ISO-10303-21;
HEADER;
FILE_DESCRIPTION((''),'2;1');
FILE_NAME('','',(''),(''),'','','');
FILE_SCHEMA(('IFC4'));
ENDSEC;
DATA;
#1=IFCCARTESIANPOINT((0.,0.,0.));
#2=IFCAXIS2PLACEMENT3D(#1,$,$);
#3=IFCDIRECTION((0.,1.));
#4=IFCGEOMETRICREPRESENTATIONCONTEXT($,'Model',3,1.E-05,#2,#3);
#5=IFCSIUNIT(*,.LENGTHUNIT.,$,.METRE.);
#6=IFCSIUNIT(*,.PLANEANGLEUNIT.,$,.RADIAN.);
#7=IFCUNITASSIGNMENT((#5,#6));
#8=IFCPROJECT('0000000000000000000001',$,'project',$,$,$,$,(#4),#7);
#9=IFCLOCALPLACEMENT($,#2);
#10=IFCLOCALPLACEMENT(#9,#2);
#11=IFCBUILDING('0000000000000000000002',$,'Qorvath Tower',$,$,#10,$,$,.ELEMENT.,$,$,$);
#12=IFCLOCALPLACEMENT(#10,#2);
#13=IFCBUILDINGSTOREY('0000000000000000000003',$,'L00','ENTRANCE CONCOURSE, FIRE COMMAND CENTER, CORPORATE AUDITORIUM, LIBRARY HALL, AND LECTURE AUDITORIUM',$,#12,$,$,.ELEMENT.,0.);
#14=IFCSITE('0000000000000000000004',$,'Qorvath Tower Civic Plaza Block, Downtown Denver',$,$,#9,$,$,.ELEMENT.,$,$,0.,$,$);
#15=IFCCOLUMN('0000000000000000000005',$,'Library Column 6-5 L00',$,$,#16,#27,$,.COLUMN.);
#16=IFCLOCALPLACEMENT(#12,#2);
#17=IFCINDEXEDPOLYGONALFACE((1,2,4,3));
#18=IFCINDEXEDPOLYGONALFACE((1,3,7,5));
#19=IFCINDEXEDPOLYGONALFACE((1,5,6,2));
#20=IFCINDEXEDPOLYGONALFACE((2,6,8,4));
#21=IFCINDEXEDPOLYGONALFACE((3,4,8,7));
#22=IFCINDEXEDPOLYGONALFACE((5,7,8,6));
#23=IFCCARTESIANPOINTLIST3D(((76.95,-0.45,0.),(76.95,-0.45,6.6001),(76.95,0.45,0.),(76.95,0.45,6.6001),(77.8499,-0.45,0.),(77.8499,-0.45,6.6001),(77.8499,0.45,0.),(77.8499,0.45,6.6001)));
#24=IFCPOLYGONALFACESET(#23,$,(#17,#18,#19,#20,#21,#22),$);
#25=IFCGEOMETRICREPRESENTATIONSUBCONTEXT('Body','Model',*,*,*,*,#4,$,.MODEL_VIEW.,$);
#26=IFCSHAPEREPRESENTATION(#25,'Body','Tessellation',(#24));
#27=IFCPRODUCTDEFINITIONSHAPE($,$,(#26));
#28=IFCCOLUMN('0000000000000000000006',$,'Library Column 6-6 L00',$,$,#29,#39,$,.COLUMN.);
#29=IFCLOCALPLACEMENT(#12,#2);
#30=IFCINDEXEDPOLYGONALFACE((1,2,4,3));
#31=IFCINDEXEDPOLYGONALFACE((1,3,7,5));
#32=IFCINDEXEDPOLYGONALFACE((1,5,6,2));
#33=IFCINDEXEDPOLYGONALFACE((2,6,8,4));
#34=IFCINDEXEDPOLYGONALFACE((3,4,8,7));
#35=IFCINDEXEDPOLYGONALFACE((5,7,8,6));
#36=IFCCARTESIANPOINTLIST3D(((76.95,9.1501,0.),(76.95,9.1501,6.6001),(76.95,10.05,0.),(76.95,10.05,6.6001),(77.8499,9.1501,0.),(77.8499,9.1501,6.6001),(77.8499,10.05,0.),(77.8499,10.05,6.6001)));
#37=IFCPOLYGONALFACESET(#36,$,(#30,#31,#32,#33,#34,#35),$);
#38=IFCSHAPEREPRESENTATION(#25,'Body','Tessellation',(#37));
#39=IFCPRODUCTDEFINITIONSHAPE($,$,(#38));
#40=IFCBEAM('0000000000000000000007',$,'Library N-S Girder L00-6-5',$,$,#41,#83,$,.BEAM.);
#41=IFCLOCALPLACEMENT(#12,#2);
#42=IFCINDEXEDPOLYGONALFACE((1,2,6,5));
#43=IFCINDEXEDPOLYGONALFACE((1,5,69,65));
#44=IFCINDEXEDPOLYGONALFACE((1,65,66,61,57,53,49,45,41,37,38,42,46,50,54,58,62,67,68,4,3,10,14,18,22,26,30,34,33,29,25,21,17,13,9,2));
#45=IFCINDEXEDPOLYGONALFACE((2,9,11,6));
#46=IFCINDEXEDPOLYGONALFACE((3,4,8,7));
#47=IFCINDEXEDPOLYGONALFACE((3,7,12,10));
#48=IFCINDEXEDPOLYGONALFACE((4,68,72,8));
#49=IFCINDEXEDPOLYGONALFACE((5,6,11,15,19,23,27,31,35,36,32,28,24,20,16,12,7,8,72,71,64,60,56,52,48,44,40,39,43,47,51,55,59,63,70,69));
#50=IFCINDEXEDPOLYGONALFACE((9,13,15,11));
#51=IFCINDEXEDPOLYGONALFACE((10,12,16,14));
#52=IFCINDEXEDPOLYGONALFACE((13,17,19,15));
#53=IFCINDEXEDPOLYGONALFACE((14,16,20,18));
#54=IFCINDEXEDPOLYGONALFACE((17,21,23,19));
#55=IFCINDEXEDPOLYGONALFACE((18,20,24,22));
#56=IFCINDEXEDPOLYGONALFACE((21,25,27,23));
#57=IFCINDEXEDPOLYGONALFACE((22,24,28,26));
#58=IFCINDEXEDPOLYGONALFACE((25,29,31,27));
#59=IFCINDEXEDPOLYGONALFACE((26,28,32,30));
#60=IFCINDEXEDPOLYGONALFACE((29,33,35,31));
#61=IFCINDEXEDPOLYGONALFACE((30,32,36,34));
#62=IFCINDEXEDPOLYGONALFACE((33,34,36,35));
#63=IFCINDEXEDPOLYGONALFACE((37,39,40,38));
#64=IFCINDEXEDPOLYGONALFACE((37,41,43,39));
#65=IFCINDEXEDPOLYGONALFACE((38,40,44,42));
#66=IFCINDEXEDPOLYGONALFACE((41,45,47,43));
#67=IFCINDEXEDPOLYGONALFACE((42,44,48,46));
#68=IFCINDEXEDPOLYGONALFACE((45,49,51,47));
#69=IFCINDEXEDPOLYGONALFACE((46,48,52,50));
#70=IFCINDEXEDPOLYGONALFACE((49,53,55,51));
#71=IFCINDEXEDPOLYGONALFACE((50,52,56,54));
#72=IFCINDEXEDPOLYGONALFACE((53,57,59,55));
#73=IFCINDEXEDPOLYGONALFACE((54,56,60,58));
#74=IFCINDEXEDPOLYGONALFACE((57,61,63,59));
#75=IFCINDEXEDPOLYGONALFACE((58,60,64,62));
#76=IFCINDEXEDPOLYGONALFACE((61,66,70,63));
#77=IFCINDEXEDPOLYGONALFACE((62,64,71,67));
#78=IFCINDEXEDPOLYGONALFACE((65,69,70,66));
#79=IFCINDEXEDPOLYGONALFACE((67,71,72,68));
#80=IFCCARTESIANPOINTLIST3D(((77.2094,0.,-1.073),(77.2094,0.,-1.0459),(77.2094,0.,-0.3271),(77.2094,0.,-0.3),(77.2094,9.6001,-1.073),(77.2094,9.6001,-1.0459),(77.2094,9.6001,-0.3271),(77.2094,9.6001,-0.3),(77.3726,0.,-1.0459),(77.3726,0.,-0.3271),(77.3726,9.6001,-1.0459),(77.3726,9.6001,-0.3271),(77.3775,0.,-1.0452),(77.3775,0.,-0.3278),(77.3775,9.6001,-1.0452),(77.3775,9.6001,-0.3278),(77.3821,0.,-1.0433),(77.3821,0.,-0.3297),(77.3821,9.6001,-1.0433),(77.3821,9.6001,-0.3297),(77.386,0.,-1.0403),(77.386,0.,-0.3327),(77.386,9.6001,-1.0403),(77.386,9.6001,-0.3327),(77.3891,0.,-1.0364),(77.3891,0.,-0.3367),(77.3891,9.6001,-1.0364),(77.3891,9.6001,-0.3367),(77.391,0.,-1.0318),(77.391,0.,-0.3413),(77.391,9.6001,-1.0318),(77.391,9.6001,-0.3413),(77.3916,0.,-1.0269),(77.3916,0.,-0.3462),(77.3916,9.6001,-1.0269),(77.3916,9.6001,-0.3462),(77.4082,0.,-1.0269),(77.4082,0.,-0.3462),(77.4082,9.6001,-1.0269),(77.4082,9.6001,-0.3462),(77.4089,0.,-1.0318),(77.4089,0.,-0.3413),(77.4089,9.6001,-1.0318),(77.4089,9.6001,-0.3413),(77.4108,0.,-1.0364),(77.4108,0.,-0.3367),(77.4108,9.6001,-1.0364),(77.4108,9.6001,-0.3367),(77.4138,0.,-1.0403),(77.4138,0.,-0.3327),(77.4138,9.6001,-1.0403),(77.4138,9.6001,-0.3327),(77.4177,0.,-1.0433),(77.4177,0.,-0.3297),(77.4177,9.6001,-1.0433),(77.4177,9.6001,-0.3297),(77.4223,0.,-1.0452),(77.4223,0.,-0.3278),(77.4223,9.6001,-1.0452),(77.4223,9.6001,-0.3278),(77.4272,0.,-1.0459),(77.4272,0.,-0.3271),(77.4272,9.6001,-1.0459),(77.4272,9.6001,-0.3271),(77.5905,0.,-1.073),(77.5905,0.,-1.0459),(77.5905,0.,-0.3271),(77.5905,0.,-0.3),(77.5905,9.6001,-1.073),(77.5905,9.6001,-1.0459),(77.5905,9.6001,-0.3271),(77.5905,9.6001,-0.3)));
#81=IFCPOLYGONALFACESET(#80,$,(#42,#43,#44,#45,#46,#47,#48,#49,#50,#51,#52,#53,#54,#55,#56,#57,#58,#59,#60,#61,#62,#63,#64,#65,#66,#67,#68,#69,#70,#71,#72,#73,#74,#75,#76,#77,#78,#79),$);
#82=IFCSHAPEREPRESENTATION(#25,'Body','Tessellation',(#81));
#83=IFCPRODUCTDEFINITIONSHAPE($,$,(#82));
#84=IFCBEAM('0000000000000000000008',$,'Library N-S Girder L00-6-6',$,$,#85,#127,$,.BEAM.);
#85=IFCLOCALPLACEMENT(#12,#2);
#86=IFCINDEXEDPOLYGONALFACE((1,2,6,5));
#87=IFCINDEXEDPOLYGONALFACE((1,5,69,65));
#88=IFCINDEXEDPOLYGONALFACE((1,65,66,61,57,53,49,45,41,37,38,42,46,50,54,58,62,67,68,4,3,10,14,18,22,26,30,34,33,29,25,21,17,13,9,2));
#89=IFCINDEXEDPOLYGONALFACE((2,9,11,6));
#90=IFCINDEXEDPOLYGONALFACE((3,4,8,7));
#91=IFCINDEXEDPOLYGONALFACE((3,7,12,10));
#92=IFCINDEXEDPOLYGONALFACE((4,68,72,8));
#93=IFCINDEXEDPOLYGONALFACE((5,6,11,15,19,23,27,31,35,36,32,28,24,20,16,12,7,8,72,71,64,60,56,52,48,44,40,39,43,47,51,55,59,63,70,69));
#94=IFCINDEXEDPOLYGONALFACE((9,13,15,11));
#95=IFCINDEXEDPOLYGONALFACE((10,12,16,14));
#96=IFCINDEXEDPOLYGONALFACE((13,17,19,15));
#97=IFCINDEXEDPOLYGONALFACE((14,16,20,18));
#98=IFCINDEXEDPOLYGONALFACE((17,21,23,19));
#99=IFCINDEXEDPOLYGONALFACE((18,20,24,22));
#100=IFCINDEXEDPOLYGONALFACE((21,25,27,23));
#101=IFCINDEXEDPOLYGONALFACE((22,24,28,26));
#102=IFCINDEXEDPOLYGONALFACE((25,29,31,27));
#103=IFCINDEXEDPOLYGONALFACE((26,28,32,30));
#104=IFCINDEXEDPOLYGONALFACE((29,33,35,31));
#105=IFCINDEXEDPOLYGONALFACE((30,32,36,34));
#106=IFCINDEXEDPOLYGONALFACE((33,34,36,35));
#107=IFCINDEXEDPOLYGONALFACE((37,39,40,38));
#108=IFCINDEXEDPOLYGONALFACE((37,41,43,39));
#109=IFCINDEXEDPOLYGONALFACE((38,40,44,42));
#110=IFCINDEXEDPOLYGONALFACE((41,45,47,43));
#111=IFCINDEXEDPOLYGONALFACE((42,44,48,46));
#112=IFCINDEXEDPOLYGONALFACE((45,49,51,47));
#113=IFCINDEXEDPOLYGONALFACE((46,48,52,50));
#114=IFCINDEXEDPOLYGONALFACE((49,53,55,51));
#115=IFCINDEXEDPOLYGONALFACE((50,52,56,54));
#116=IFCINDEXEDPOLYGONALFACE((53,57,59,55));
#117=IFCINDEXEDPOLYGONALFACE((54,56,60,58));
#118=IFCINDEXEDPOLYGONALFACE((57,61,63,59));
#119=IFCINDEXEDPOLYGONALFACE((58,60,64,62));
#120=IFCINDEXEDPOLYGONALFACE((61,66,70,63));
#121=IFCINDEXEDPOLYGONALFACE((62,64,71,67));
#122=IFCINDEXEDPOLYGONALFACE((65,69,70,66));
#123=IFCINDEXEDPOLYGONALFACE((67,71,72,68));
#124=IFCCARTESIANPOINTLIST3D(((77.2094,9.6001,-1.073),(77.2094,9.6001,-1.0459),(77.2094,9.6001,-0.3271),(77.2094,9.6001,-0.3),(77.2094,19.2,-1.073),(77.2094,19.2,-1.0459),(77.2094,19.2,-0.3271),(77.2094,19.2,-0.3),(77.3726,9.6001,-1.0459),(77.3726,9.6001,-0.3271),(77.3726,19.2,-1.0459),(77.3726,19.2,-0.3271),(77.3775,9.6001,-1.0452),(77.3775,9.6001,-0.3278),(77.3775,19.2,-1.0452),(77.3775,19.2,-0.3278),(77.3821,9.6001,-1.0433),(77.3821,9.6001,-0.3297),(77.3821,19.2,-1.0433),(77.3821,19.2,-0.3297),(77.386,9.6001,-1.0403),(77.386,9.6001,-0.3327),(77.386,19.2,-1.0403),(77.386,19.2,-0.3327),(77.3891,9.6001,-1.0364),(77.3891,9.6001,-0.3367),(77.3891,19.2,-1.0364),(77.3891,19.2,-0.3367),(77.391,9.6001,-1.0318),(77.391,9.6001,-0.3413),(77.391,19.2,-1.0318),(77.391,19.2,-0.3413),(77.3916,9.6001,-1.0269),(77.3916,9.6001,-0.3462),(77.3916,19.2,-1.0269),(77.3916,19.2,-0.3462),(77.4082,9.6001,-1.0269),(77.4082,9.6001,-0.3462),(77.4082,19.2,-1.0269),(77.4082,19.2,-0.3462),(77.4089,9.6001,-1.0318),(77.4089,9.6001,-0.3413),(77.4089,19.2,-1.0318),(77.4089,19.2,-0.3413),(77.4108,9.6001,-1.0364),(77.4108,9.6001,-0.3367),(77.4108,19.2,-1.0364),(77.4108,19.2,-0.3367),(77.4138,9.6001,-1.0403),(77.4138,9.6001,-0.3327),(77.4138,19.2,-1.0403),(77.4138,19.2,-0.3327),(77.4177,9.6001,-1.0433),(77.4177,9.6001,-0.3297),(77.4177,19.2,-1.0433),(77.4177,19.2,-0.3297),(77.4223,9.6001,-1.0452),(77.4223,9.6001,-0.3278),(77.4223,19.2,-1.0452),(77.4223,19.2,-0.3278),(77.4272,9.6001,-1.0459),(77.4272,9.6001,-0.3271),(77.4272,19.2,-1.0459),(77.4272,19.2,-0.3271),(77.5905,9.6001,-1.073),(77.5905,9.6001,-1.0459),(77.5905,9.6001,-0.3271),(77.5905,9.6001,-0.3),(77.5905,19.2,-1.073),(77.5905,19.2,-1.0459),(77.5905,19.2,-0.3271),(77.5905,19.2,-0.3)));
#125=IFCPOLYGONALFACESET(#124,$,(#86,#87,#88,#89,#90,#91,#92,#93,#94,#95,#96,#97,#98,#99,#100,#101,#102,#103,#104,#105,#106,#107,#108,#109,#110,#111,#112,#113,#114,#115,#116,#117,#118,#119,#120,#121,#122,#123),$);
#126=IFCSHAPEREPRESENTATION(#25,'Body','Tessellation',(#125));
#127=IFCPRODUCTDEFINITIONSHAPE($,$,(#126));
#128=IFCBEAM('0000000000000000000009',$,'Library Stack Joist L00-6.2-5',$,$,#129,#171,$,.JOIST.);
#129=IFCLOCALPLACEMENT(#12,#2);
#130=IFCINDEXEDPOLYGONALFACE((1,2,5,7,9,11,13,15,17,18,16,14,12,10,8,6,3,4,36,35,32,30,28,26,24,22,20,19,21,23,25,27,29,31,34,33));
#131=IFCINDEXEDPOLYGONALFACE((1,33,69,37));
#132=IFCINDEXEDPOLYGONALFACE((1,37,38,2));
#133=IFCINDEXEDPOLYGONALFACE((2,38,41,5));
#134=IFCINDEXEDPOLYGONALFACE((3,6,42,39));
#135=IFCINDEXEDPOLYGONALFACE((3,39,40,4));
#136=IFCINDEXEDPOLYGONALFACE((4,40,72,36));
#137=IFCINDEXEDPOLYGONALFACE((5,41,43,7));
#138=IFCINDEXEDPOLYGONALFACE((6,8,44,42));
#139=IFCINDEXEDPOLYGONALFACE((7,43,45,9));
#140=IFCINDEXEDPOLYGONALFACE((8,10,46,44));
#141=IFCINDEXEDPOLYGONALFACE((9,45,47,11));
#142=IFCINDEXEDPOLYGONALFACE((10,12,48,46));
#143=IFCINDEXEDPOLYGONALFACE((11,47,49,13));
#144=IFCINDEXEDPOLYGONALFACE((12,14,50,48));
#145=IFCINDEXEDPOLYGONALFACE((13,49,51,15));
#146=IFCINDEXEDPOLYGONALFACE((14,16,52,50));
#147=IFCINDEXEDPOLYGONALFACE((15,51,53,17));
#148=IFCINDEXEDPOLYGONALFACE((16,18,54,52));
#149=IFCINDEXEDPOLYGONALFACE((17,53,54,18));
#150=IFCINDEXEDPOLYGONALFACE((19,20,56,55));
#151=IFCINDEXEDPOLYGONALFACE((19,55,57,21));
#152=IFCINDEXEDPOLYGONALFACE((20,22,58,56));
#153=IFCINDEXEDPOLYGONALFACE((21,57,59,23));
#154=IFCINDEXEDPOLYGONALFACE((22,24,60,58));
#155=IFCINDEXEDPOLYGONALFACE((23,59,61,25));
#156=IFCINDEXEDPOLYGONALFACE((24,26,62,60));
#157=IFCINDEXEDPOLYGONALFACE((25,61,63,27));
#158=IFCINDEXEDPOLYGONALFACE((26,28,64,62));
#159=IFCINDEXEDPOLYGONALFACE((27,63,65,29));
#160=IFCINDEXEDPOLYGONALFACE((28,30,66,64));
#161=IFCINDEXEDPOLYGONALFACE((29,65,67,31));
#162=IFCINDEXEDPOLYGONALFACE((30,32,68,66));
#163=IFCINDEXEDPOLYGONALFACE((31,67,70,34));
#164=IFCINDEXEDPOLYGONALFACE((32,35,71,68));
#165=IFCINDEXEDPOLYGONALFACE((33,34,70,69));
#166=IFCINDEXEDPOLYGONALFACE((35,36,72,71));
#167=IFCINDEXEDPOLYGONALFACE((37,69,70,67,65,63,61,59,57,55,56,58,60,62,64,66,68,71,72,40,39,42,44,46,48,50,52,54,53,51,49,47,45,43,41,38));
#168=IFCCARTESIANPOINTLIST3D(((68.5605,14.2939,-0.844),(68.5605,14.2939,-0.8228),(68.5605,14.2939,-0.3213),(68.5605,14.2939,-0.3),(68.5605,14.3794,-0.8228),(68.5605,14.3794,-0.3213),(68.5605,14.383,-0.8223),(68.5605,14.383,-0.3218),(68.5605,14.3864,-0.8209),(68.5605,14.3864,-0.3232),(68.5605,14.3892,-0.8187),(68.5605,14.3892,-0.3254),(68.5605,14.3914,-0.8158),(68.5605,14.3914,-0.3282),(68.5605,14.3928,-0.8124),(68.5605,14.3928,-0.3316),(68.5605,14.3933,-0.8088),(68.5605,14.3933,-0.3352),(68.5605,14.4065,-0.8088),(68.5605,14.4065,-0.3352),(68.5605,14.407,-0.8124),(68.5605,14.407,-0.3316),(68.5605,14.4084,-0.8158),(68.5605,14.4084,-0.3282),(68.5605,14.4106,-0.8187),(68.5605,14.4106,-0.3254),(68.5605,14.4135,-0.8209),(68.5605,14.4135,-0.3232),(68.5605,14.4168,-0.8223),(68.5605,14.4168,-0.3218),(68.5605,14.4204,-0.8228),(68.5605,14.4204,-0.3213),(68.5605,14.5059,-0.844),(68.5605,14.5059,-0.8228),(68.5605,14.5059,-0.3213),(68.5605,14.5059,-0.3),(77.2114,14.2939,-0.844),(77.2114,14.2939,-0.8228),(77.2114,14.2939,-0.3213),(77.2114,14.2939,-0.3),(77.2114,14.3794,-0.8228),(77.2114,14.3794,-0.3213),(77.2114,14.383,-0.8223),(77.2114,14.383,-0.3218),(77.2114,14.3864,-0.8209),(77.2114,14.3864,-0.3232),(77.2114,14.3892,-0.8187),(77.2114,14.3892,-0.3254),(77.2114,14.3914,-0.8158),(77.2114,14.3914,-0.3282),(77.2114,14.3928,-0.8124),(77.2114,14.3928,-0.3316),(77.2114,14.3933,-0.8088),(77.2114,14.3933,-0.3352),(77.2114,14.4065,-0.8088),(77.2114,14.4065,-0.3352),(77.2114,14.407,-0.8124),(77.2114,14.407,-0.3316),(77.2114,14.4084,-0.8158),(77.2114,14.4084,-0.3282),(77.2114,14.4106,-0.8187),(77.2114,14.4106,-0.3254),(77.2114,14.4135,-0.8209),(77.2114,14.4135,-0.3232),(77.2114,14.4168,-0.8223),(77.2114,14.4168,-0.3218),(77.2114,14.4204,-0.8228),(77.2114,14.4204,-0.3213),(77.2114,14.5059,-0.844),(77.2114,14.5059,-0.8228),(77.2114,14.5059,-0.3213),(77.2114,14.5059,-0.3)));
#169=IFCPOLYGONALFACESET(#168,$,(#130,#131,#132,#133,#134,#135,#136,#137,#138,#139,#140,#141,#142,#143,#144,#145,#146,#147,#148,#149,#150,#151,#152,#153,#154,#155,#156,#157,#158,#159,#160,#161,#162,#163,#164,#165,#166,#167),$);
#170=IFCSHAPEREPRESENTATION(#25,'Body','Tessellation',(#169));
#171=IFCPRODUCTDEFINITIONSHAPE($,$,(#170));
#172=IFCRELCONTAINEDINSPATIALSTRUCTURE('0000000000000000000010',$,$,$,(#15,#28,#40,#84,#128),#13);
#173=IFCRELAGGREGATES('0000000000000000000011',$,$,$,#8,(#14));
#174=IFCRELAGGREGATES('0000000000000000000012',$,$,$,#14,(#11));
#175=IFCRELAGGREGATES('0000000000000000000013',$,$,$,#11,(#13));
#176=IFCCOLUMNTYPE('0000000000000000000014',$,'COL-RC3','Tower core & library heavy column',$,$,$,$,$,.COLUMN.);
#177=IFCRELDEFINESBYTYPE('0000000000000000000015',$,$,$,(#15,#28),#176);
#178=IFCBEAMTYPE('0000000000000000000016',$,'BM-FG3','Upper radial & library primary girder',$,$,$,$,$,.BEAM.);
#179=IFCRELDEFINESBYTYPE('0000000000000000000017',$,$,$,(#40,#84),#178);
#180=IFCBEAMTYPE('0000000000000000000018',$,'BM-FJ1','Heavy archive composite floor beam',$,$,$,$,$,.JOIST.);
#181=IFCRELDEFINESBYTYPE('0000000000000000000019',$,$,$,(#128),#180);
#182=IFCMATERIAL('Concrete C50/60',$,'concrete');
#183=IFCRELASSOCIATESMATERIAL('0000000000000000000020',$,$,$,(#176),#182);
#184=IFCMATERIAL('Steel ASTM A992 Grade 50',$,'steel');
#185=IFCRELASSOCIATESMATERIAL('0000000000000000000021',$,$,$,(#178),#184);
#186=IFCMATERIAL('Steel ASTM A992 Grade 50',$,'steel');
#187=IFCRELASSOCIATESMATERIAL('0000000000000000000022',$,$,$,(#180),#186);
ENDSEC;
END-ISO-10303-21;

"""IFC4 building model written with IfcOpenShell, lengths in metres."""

from ifc_helpers import new_model, si_unit, direction, frame, origin, origin_2d, place, context, subcontext, project, spatial, rectangle, i_section, extrude, material, material_profile, profile_set, type_object, element, save


model = new_model("IFC4")

# Units and contexts
model_context = context("Model", 3, precision=1e-05, world=origin(), true_north=direction((0.0, 1.0)))
body_context = subcontext(model_context, "Body", "Model", "MODEL_VIEW")
ifc_project = project(units=[si_unit("LENGTHUNIT", "METRE"), si_unit("PLANEANGLEUNIT", "RADIAN")], contexts=[model_context])

# Site, building, storey
site_placement = place(None, origin())
site = spatial("IfcSite", under=ifc_project, at=site_placement, Name="Qorvath Tower Civic Plaza Block, Downtown Denver", CompositionType="ELEMENT", RefElevation=0.0)
building_placement = place(site_placement, origin())
building = spatial("IfcBuilding", under=site, at=building_placement, Name="Qorvath Tower", CompositionType="ELEMENT")
storey_placement = place(building_placement, origin())
storey = spatial("IfcBuildingStorey", under=building, at=storey_placement, Name="L00", Description="ENTRANCE CONCOURSE, FIRE COMMAND CENTER, CORPORATE AUDITORIUM, LIBRARY HALL, AND LECTURE AUDITORIUM", CompositionType="ELEMENT", Elevation=0.0)

# Columns
ifc_material_1 = material(Name="Concrete C50/60", Category="concrete")
ifc_material_profile_1 = material_profile(ifc_material_1, rectangle(XDim=0.8999, YDim=0.8999, at=origin_2d()), Name="RC 900x900")
ifc_profile_set_1 = profile_set([ifc_material_profile_1], Name="Concrete C50/60")
column_type = type_object("IfcColumnType", Name="COL-RC3", Description="Tower core & library heavy column", PredefinedType="COLUMN", material=ifc_profile_set_1)
for number, where, z_axis, x_axis, name in (
    (1, (77.3999, 0.0, 0.0), (0.0, 0.0, 1.0), (1.0, 0.0, 0.0), "Library Column 6-5 L00"),
    (2, (77.3999, 9.6001, 0.0), (0.0, 0.0, 1.0), (1.0, 0.0, 0.0), "Library Column 6-6 L00"),
):
    element("IfcColumn", number, at=place(storey_placement, frame(where, z_axis=z_axis, x_axis=x_axis)), inside=storey, type_object=column_type, Name=name, PredefinedType="COLUMN", context=body_context, shape_type="SweptSolid", body=[
        extrude(rectangle(XDim=0.8999, YDim=0.8999, at=origin_2d()), origin(), (0.0, 0.0, 1.0), 6.6001),
    ])

# Beams
ifc_material_2 = material(Name="Steel ASTM A992 Grade 50", Category="steel")
ifc_material_profile_2 = material_profile(ifc_material_2, i_section(OverallWidth=0.3811, OverallDepth=0.7729, WebThickness=0.0166, FlangeThickness=0.0271, FilletRadius=0.019, at=origin_2d()), Name="W30x173")
ifc_profile_set_2 = profile_set([ifc_material_profile_2], Name="Steel ASTM A992 Grade 50")
beam_type_1 = type_object("IfcBeamType", Name="BM-FG3", Description="Upper radial & library primary girder", PredefinedType="BEAM", material=ifc_profile_set_2)
beam_1_placement = place(storey_placement, frame((77.3999, 0.0, -0.6865), z_axis=(0.0, 1.0, 0.0), x_axis=(-1.0, 0.0, 0.0)))
element("IfcBeam", 3, at=beam_1_placement, inside=storey, type_object=beam_type_1, Name="Library N-S Girder L00-6-5", PredefinedType="BEAM", context=body_context, shape_type="SweptSolid", body=[
    extrude(i_section(OverallWidth=0.3811, OverallDepth=0.7729, WebThickness=0.0166, FlangeThickness=0.0271, FilletRadius=0.019, at=origin_2d()), origin(), (0.0, 0.0, 1.0), 9.6001),
])
beam_2_placement = place(storey_placement, frame((77.3999, 9.6001, -0.6865), z_axis=(0.0, 1.0, 0.0), x_axis=(-1.0, 0.0, 0.0)))
element("IfcBeam", 4, at=beam_2_placement, inside=storey, type_object=beam_type_1, Name="Library N-S Girder L00-6-6", PredefinedType="BEAM", context=body_context, shape_type="SweptSolid", body=[
    extrude(i_section(OverallWidth=0.3811, OverallDepth=0.7729, WebThickness=0.0166, FlangeThickness=0.0271, FilletRadius=0.019, at=origin_2d()), origin(), (0.0, 0.0, 1.0), 9.5999),
])
ifc_material_3 = material(Name="Steel ASTM A992 Grade 50", Category="steel")
ifc_material_profile_3 = material_profile(ifc_material_3, i_section(OverallWidth=0.2119, OverallDepth=0.5439, WebThickness=0.0132, FlangeThickness=0.0212, FilletRadius=0.0139, at=origin_2d()), Name="W21x83")
ifc_profile_set_3 = profile_set([ifc_material_profile_3], Name="Steel ASTM A992 Grade 50")
beam_type_2 = type_object("IfcBeamType", Name="BM-FJ1", Description="Heavy archive composite floor beam", PredefinedType="JOIST", material=ifc_profile_set_3)
beam_3_placement = place(storey_placement, frame((68.5605, 14.3999, -0.572), z_axis=(1.0, 0.0, 0.0), x_axis=(0.0, 1.0, 0.0)))
element("IfcBeam", 5, at=beam_3_placement, inside=storey, type_object=beam_type_2, Name="Library Stack Joist L00-6.2-5", PredefinedType="JOIST", context=body_context, shape_type="SweptSolid", body=[
    extrude(i_section(OverallWidth=0.2119, OverallDepth=0.5439, WebThickness=0.0132, FlangeThickness=0.0212, FilletRadius=0.0139, at=origin_2d()), origin(), (0.0, 0.0, 1.0), 8.6509),
])

save(model, "model.ifc")
